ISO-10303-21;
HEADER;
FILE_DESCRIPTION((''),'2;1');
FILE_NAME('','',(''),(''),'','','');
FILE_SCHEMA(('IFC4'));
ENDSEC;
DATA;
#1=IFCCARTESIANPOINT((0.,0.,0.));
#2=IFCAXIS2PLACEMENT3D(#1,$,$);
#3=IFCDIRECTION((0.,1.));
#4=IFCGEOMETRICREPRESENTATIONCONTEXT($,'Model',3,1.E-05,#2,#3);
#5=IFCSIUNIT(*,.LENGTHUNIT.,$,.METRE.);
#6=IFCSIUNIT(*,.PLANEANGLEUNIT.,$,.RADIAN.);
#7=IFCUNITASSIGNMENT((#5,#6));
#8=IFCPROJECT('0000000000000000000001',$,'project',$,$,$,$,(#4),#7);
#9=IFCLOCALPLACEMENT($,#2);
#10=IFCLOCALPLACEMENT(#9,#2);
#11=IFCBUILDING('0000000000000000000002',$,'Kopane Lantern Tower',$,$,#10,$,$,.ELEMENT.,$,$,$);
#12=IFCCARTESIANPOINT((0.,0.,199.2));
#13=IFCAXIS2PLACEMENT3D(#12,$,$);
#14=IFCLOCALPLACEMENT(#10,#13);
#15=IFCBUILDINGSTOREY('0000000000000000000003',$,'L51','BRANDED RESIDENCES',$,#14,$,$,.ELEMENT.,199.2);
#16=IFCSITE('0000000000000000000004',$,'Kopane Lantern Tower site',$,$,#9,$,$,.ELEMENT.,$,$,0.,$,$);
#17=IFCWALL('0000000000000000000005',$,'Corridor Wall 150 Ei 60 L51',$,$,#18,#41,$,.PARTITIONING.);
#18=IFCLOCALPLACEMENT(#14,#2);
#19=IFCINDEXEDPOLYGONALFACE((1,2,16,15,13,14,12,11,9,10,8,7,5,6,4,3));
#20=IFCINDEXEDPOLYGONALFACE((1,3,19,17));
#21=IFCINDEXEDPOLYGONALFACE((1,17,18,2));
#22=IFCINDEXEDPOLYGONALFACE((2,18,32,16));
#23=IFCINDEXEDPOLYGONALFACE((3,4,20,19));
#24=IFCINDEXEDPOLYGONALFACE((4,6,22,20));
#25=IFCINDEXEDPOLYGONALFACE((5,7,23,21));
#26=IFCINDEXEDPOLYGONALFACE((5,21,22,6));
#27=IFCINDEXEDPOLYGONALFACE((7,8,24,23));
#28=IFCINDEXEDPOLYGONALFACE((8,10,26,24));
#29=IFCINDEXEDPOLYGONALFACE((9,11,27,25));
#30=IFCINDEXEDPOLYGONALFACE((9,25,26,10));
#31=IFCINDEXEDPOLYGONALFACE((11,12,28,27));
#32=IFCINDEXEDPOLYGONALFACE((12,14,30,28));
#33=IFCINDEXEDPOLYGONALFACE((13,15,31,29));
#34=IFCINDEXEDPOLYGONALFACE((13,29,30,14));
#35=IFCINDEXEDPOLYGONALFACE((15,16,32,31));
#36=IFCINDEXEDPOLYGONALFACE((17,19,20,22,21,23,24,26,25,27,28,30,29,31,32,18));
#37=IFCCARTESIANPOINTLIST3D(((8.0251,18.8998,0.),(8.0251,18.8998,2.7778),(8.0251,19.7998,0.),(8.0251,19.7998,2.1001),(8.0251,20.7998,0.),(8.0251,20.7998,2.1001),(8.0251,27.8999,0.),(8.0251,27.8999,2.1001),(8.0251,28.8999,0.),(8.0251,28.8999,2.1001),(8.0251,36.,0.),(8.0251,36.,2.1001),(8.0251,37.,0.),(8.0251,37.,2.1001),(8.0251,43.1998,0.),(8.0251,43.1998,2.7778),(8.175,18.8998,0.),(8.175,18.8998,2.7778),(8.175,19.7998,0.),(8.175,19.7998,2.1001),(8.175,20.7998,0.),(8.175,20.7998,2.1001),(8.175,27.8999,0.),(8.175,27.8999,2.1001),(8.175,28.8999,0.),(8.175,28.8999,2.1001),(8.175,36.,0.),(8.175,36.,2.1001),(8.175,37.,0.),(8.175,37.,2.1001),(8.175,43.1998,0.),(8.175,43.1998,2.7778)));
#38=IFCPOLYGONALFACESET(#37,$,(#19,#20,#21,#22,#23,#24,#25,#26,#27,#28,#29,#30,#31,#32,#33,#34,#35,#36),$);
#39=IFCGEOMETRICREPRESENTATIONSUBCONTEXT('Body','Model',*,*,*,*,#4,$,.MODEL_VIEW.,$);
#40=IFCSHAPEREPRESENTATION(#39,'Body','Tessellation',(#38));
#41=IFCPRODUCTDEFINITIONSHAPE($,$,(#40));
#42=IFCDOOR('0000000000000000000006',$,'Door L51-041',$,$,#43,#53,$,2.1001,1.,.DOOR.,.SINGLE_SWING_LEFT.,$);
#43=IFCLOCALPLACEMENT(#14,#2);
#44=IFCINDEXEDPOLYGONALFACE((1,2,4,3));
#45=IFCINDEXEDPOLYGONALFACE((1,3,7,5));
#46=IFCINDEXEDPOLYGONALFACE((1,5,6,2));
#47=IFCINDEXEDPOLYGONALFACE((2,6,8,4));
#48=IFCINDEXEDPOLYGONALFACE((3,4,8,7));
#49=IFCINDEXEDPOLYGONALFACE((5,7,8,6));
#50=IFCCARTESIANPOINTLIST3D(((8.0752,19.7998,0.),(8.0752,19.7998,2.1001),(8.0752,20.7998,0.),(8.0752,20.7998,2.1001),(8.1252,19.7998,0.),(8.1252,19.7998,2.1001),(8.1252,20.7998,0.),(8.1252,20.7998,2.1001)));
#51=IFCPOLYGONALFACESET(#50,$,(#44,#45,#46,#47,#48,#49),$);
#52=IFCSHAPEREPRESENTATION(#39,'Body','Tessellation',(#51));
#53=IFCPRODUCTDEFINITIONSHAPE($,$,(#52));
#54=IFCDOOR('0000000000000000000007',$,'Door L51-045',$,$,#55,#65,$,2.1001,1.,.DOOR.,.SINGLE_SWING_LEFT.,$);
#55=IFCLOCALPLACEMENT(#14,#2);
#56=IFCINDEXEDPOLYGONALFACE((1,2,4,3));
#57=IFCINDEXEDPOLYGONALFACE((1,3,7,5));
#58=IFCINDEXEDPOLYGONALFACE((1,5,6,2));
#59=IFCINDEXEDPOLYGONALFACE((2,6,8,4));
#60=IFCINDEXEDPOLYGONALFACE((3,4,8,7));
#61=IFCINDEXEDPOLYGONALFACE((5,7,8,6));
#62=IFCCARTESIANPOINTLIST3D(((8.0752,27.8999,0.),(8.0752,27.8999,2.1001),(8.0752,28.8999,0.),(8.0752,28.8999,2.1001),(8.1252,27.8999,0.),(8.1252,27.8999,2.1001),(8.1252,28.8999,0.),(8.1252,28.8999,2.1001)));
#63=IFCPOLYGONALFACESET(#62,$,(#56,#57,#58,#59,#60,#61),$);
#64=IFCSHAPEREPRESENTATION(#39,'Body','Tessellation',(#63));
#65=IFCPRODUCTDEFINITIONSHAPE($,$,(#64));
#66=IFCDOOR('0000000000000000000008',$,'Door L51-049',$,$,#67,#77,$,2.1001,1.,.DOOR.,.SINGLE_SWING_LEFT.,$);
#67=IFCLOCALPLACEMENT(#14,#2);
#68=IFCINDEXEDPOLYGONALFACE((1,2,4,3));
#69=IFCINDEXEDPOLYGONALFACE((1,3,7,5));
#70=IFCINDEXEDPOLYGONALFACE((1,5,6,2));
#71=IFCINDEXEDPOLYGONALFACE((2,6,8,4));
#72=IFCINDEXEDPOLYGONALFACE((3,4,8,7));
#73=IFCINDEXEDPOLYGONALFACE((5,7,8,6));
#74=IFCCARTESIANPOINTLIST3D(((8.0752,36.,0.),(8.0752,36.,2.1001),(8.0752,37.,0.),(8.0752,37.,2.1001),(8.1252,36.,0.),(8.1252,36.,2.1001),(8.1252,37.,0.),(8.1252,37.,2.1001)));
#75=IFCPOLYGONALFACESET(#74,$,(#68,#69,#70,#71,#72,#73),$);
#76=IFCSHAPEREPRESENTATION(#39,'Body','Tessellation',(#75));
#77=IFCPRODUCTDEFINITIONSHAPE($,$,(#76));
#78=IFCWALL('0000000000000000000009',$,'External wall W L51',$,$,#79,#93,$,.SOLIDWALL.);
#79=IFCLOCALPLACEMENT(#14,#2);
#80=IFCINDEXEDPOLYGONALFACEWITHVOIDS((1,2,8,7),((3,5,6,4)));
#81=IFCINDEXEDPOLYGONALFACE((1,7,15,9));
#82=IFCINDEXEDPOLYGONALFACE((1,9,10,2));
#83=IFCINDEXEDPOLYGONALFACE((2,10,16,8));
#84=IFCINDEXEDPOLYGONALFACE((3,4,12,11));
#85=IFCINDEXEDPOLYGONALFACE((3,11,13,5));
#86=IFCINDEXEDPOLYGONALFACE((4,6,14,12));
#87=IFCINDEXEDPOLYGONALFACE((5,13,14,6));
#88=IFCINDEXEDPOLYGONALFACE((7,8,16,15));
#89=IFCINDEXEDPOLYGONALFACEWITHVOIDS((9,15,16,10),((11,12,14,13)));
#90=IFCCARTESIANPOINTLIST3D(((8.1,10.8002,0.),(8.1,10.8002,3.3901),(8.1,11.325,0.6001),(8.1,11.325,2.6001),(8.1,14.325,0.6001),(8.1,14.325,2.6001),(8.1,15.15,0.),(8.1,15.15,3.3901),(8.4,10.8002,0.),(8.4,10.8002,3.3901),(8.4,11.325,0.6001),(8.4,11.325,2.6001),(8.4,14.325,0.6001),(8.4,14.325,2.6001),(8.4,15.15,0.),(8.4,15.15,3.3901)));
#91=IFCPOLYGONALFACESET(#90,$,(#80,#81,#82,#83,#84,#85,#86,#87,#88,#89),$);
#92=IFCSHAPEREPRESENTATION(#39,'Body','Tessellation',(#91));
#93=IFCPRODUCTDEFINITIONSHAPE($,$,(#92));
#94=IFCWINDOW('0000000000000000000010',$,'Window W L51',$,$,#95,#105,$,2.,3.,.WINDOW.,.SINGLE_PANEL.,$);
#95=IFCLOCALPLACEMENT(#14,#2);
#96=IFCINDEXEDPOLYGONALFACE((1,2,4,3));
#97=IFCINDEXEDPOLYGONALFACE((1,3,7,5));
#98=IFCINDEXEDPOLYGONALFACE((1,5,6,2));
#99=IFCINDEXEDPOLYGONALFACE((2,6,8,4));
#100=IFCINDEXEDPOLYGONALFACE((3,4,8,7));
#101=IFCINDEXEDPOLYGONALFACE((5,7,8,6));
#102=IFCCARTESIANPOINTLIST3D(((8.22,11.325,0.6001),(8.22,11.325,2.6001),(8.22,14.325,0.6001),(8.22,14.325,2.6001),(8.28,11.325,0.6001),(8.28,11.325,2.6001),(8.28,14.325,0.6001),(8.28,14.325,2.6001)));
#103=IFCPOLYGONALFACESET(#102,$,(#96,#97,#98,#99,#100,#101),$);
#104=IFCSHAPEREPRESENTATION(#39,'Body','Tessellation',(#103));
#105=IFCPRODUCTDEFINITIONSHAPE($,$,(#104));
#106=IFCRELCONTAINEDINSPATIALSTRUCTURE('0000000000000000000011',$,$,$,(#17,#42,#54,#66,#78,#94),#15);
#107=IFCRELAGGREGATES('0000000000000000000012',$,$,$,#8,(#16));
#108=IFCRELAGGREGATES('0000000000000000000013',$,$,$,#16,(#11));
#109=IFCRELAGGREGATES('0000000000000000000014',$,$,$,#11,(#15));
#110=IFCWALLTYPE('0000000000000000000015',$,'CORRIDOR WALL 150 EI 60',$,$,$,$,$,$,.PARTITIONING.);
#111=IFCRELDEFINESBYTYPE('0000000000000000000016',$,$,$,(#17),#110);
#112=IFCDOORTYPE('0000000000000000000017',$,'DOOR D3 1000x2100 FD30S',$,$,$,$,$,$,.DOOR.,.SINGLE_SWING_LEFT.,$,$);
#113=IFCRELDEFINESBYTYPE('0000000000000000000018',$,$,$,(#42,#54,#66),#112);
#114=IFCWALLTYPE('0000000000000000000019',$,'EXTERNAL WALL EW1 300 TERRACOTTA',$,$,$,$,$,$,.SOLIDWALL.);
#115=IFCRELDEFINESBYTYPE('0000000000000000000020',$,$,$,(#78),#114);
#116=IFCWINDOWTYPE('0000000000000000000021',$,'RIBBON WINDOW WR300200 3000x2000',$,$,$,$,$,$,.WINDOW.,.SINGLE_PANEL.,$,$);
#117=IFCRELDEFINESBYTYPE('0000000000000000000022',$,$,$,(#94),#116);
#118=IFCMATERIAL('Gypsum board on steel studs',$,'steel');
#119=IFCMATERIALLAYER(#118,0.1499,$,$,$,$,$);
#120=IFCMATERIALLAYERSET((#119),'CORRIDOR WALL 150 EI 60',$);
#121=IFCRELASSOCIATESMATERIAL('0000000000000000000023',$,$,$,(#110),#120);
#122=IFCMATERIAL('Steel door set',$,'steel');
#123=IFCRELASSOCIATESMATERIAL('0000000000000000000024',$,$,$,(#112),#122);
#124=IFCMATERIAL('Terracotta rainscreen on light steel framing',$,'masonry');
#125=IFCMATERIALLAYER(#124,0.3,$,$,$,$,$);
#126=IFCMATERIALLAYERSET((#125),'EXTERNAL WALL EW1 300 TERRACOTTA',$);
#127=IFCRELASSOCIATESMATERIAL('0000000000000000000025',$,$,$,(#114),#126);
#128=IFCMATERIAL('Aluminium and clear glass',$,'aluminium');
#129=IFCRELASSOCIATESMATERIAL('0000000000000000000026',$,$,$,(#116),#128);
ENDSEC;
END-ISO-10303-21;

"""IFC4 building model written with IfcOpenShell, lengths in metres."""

from ifc_helpers import new_model, si_unit, direction, frame, frame_2d, origin, place, context, subcontext, project, spatial, rectangle, extrude, material, layer, layer_set, type_object, element, fill, save


model = new_model("IFC4")

# Units and contexts
model_context = context("Model", 3, precision=1e-05, world=origin(), true_north=direction((0.0, 1.0)))
body_context = subcontext(model_context, "Body", "Model", "MODEL_VIEW")
ifc_project = project(units=[si_unit("LENGTHUNIT", "METRE"), si_unit("PLANEANGLEUNIT", "RADIAN")], contexts=[model_context])

# Site, building, storey
site_placement = place(None, origin())
site = spatial("IfcSite", under=ifc_project, at=site_placement, Name="Kopane Lantern Tower site", CompositionType="ELEMENT", RefElevation=0.0)
building_placement = place(site_placement, origin())
building = spatial("IfcBuilding", under=site, at=building_placement, Name="Kopane Lantern Tower", CompositionType="ELEMENT")
storey_placement = place(building_placement, frame((0.0, 0.0, 199.2)))
storey = spatial("IfcBuildingStorey", under=building, at=storey_placement, Name="L51", Description="BRANDED RESIDENCES", CompositionType="ELEMENT", Elevation=199.2)

# Wall, openings, doors
ifc_material_1 = material(Name="Gypsum board on steel studs", Category="steel")
ifc_layer_1 = layer(ifc_material_1, 0.1499)
ifc_layer_set_1 = layer_set([ifc_layer_1], Name="CORRIDOR WALL 150 EI 60")
wall_type_1 = type_object("IfcWallType", Name="CORRIDOR WALL 150 EI 60", PredefinedType="PARTITIONING", material=ifc_layer_set_1)
ifc_material_2 = material(Name="Steel door set", Category="steel")
door_type = type_object("IfcDoorType", Name="DOOR D3 1000x2100 FD30S", OperationType="SINGLE_SWING_LEFT", PredefinedType="DOOR", material=ifc_material_2)
wall_1_placement = place(storey_placement, frame((8.1001, 18.8999, 0.0), z_axis=(0.0, 0.0, 1.0), x_axis=(0.0, 1.0, 0.0)))
wall_1 = element("IfcWall", 1, at=wall_1_placement, inside=storey, type_object=wall_type_1, Name="Corridor Wall 150 Ei 60 L51", PredefinedType="PARTITIONING", context=body_context, shape_type="SweptSolid", body=[
    extrude(rectangle(XDim=24.3, YDim=0.1499, at=frame_2d((12.1499, 0.0))), origin(), (0.0, 0.0, 1.0), 2.7778),
])
opening_1_placement = place(wall_1_placement, frame((0.8999, 0.0, 0.0)))
opening_1 = element("IfcOpeningElement", 2, at=opening_1_placement, cuts=wall_1, PredefinedType="OPENING", context=body_context, shape_type="SweptSolid", body=[
    extrude(rectangle(XDim=1.0, YDim=2.1001, at=frame_2d((0.5, 1.05))), frame((0.0, 0.085, 0.0), z_axis=(0.0, -1.0, 0.0), x_axis=(1.0, 0.0, 0.0)), (0.0, 0.0, 1.0), 0.1699),
])
opening_2_placement = place(wall_1_placement, frame((9.0, 0.0, 0.0)))
opening_2 = element("IfcOpeningElement", 3, at=opening_2_placement, cuts=wall_1, PredefinedType="OPENING", context=body_context, shape_type="SweptSolid", body=[
    extrude(rectangle(XDim=1.0, YDim=2.1001, at=frame_2d((0.5, 1.05))), frame((0.0, 0.085, 0.0), z_axis=(0.0, -1.0, 0.0), x_axis=(1.0, 0.0, 0.0)), (0.0, 0.0, 1.0), 0.1699),
])
opening_3_placement = place(wall_1_placement, frame((17.1001, 0.0, 0.0)))
opening_3 = element("IfcOpeningElement", 4, at=opening_3_placement, cuts=wall_1, PredefinedType="OPENING", context=body_context, shape_type="SweptSolid", body=[
    extrude(rectangle(XDim=1.0, YDim=2.1001, at=frame_2d((0.5, 1.05))), frame((0.0, 0.085, 0.0), z_axis=(0.0, -1.0, 0.0), x_axis=(1.0, 0.0, 0.0)), (0.0, 0.0, 1.0), 0.1699),
])
door_1_placement = place(opening_1_placement, origin())
door_1 = element("IfcDoor", 5, at=door_1_placement, inside=storey, type_object=door_type, Name="Door L51-041", OperationType="SINGLE_SWING_LEFT", OverallHeight=2.1001, OverallWidth=1.0, PredefinedType="DOOR", context=body_context, shape_type="SweptSolid", body=[
    extrude(rectangle(XDim=1.0, YDim=2.1001, at=frame_2d((0.5, 1.05))), frame((0.0, 0.0249, 0.0), z_axis=(0.0, -1.0, 0.0), x_axis=(1.0, 0.0, 0.0)), (0.0, 0.0, 1.0), 0.05),
])
fill(opening_1, door_1)
door_2_placement = place(opening_2_placement, origin())
door_2 = element("IfcDoor", 6, at=door_2_placement, inside=storey, type_object=door_type, Name="Door L51-045", OperationType="SINGLE_SWING_LEFT", OverallHeight=2.1001, OverallWidth=1.0, PredefinedType="DOOR", context=body_context, shape_type="SweptSolid", body=[
    extrude(rectangle(XDim=1.0, YDim=2.1001, at=frame_2d((0.5, 1.05))), frame((0.0, 0.0249, 0.0), z_axis=(0.0, -1.0, 0.0), x_axis=(1.0, 0.0, 0.0)), (0.0, 0.0, 1.0), 0.05),
])
fill(opening_2, door_2)
door_3_placement = place(opening_3_placement, origin())
door_3 = element("IfcDoor", 7, at=door_3_placement, inside=storey, type_object=door_type, Name="Door L51-049", OperationType="SINGLE_SWING_LEFT", OverallHeight=2.1001, OverallWidth=1.0, PredefinedType="DOOR", context=body_context, shape_type="SweptSolid", body=[
    extrude(rectangle(XDim=1.0, YDim=2.1001, at=frame_2d((0.5, 1.05))), frame((0.0, 0.0249, 0.0), z_axis=(0.0, -1.0, 0.0), x_axis=(1.0, 0.0, 0.0)), (0.0, 0.0, 1.0), 0.05),
])
fill(opening_3, door_3)

# Wall, opening, window
ifc_material_3 = material(Name="Terracotta rainscreen on light steel framing", Category="masonry")
ifc_layer_2 = layer(ifc_material_3, 0.3)
ifc_layer_set_2 = layer_set([ifc_layer_2], Name="EXTERNAL WALL EW1 300 TERRACOTTA")
wall_type_2 = type_object("IfcWallType", Name="EXTERNAL WALL EW1 300 TERRACOTTA", PredefinedType="SOLIDWALL", material=ifc_layer_set_2)
wall_2_placement = place(storey_placement, frame((8.25, 15.1499, 0.0), z_axis=(0.0, 0.0, 1.0), x_axis=(0.0, -1.0, 0.0)))
wall_2 = element("IfcWall", 8, at=wall_2_placement, inside=storey, type_object=wall_type_2, Name="External wall W L51", PredefinedType="SOLIDWALL", context=body_context, shape_type="SweptSolid", body=[
    extrude(rectangle(XDim=4.3499, YDim=0.3, at=frame_2d((2.1748, 0.0))), origin(), (0.0, 0.0, 1.0), 3.3901),
])
opening_4_placement = place(wall_2_placement, frame((0.825, 0.0, 0.6001)))
opening_4 = element("IfcOpeningElement", 9, at=opening_4_placement, cuts=wall_2, PredefinedType="OPENING", context=body_context, shape_type="SweptSolid", body=[
    extrude(rectangle(XDim=3.0, YDim=2.0, at=frame_2d((1.5, 1.0))), frame((0.0, 0.1599, 0.0), z_axis=(0.0, -1.0, 0.0), x_axis=(1.0, 0.0, 0.0)), (0.0, 0.0, 1.0), 0.3201),
])
ifc_material_4 = material(Name="Aluminium and clear glass", Category="aluminium")
window_type = type_object("IfcWindowType", Name="RIBBON WINDOW WR300200 3000x2000", PartitioningType="SINGLE_PANEL", PredefinedType="WINDOW", material=ifc_material_4)
window_placement = place(opening_4_placement, origin())
window = element("IfcWindow", 10, at=window_placement, inside=storey, type_object=window_type, Name="Window W L51", OverallHeight=2.0, OverallWidth=3.0, PartitioningType="SINGLE_PANEL", PredefinedType="WINDOW", context=body_context, shape_type="SweptSolid", body=[
    extrude(rectangle(XDim=3.0, YDim=2.0, at=frame_2d((1.5, 1.0))), frame((0.0, 0.03, 0.0), z_axis=(0.0, -1.0, 0.0), x_axis=(1.0, 0.0, 0.0)), (0.0, 0.0, 1.0), 0.0601),
])
fill(opening_4, window)

save(model, "model.ifc")
